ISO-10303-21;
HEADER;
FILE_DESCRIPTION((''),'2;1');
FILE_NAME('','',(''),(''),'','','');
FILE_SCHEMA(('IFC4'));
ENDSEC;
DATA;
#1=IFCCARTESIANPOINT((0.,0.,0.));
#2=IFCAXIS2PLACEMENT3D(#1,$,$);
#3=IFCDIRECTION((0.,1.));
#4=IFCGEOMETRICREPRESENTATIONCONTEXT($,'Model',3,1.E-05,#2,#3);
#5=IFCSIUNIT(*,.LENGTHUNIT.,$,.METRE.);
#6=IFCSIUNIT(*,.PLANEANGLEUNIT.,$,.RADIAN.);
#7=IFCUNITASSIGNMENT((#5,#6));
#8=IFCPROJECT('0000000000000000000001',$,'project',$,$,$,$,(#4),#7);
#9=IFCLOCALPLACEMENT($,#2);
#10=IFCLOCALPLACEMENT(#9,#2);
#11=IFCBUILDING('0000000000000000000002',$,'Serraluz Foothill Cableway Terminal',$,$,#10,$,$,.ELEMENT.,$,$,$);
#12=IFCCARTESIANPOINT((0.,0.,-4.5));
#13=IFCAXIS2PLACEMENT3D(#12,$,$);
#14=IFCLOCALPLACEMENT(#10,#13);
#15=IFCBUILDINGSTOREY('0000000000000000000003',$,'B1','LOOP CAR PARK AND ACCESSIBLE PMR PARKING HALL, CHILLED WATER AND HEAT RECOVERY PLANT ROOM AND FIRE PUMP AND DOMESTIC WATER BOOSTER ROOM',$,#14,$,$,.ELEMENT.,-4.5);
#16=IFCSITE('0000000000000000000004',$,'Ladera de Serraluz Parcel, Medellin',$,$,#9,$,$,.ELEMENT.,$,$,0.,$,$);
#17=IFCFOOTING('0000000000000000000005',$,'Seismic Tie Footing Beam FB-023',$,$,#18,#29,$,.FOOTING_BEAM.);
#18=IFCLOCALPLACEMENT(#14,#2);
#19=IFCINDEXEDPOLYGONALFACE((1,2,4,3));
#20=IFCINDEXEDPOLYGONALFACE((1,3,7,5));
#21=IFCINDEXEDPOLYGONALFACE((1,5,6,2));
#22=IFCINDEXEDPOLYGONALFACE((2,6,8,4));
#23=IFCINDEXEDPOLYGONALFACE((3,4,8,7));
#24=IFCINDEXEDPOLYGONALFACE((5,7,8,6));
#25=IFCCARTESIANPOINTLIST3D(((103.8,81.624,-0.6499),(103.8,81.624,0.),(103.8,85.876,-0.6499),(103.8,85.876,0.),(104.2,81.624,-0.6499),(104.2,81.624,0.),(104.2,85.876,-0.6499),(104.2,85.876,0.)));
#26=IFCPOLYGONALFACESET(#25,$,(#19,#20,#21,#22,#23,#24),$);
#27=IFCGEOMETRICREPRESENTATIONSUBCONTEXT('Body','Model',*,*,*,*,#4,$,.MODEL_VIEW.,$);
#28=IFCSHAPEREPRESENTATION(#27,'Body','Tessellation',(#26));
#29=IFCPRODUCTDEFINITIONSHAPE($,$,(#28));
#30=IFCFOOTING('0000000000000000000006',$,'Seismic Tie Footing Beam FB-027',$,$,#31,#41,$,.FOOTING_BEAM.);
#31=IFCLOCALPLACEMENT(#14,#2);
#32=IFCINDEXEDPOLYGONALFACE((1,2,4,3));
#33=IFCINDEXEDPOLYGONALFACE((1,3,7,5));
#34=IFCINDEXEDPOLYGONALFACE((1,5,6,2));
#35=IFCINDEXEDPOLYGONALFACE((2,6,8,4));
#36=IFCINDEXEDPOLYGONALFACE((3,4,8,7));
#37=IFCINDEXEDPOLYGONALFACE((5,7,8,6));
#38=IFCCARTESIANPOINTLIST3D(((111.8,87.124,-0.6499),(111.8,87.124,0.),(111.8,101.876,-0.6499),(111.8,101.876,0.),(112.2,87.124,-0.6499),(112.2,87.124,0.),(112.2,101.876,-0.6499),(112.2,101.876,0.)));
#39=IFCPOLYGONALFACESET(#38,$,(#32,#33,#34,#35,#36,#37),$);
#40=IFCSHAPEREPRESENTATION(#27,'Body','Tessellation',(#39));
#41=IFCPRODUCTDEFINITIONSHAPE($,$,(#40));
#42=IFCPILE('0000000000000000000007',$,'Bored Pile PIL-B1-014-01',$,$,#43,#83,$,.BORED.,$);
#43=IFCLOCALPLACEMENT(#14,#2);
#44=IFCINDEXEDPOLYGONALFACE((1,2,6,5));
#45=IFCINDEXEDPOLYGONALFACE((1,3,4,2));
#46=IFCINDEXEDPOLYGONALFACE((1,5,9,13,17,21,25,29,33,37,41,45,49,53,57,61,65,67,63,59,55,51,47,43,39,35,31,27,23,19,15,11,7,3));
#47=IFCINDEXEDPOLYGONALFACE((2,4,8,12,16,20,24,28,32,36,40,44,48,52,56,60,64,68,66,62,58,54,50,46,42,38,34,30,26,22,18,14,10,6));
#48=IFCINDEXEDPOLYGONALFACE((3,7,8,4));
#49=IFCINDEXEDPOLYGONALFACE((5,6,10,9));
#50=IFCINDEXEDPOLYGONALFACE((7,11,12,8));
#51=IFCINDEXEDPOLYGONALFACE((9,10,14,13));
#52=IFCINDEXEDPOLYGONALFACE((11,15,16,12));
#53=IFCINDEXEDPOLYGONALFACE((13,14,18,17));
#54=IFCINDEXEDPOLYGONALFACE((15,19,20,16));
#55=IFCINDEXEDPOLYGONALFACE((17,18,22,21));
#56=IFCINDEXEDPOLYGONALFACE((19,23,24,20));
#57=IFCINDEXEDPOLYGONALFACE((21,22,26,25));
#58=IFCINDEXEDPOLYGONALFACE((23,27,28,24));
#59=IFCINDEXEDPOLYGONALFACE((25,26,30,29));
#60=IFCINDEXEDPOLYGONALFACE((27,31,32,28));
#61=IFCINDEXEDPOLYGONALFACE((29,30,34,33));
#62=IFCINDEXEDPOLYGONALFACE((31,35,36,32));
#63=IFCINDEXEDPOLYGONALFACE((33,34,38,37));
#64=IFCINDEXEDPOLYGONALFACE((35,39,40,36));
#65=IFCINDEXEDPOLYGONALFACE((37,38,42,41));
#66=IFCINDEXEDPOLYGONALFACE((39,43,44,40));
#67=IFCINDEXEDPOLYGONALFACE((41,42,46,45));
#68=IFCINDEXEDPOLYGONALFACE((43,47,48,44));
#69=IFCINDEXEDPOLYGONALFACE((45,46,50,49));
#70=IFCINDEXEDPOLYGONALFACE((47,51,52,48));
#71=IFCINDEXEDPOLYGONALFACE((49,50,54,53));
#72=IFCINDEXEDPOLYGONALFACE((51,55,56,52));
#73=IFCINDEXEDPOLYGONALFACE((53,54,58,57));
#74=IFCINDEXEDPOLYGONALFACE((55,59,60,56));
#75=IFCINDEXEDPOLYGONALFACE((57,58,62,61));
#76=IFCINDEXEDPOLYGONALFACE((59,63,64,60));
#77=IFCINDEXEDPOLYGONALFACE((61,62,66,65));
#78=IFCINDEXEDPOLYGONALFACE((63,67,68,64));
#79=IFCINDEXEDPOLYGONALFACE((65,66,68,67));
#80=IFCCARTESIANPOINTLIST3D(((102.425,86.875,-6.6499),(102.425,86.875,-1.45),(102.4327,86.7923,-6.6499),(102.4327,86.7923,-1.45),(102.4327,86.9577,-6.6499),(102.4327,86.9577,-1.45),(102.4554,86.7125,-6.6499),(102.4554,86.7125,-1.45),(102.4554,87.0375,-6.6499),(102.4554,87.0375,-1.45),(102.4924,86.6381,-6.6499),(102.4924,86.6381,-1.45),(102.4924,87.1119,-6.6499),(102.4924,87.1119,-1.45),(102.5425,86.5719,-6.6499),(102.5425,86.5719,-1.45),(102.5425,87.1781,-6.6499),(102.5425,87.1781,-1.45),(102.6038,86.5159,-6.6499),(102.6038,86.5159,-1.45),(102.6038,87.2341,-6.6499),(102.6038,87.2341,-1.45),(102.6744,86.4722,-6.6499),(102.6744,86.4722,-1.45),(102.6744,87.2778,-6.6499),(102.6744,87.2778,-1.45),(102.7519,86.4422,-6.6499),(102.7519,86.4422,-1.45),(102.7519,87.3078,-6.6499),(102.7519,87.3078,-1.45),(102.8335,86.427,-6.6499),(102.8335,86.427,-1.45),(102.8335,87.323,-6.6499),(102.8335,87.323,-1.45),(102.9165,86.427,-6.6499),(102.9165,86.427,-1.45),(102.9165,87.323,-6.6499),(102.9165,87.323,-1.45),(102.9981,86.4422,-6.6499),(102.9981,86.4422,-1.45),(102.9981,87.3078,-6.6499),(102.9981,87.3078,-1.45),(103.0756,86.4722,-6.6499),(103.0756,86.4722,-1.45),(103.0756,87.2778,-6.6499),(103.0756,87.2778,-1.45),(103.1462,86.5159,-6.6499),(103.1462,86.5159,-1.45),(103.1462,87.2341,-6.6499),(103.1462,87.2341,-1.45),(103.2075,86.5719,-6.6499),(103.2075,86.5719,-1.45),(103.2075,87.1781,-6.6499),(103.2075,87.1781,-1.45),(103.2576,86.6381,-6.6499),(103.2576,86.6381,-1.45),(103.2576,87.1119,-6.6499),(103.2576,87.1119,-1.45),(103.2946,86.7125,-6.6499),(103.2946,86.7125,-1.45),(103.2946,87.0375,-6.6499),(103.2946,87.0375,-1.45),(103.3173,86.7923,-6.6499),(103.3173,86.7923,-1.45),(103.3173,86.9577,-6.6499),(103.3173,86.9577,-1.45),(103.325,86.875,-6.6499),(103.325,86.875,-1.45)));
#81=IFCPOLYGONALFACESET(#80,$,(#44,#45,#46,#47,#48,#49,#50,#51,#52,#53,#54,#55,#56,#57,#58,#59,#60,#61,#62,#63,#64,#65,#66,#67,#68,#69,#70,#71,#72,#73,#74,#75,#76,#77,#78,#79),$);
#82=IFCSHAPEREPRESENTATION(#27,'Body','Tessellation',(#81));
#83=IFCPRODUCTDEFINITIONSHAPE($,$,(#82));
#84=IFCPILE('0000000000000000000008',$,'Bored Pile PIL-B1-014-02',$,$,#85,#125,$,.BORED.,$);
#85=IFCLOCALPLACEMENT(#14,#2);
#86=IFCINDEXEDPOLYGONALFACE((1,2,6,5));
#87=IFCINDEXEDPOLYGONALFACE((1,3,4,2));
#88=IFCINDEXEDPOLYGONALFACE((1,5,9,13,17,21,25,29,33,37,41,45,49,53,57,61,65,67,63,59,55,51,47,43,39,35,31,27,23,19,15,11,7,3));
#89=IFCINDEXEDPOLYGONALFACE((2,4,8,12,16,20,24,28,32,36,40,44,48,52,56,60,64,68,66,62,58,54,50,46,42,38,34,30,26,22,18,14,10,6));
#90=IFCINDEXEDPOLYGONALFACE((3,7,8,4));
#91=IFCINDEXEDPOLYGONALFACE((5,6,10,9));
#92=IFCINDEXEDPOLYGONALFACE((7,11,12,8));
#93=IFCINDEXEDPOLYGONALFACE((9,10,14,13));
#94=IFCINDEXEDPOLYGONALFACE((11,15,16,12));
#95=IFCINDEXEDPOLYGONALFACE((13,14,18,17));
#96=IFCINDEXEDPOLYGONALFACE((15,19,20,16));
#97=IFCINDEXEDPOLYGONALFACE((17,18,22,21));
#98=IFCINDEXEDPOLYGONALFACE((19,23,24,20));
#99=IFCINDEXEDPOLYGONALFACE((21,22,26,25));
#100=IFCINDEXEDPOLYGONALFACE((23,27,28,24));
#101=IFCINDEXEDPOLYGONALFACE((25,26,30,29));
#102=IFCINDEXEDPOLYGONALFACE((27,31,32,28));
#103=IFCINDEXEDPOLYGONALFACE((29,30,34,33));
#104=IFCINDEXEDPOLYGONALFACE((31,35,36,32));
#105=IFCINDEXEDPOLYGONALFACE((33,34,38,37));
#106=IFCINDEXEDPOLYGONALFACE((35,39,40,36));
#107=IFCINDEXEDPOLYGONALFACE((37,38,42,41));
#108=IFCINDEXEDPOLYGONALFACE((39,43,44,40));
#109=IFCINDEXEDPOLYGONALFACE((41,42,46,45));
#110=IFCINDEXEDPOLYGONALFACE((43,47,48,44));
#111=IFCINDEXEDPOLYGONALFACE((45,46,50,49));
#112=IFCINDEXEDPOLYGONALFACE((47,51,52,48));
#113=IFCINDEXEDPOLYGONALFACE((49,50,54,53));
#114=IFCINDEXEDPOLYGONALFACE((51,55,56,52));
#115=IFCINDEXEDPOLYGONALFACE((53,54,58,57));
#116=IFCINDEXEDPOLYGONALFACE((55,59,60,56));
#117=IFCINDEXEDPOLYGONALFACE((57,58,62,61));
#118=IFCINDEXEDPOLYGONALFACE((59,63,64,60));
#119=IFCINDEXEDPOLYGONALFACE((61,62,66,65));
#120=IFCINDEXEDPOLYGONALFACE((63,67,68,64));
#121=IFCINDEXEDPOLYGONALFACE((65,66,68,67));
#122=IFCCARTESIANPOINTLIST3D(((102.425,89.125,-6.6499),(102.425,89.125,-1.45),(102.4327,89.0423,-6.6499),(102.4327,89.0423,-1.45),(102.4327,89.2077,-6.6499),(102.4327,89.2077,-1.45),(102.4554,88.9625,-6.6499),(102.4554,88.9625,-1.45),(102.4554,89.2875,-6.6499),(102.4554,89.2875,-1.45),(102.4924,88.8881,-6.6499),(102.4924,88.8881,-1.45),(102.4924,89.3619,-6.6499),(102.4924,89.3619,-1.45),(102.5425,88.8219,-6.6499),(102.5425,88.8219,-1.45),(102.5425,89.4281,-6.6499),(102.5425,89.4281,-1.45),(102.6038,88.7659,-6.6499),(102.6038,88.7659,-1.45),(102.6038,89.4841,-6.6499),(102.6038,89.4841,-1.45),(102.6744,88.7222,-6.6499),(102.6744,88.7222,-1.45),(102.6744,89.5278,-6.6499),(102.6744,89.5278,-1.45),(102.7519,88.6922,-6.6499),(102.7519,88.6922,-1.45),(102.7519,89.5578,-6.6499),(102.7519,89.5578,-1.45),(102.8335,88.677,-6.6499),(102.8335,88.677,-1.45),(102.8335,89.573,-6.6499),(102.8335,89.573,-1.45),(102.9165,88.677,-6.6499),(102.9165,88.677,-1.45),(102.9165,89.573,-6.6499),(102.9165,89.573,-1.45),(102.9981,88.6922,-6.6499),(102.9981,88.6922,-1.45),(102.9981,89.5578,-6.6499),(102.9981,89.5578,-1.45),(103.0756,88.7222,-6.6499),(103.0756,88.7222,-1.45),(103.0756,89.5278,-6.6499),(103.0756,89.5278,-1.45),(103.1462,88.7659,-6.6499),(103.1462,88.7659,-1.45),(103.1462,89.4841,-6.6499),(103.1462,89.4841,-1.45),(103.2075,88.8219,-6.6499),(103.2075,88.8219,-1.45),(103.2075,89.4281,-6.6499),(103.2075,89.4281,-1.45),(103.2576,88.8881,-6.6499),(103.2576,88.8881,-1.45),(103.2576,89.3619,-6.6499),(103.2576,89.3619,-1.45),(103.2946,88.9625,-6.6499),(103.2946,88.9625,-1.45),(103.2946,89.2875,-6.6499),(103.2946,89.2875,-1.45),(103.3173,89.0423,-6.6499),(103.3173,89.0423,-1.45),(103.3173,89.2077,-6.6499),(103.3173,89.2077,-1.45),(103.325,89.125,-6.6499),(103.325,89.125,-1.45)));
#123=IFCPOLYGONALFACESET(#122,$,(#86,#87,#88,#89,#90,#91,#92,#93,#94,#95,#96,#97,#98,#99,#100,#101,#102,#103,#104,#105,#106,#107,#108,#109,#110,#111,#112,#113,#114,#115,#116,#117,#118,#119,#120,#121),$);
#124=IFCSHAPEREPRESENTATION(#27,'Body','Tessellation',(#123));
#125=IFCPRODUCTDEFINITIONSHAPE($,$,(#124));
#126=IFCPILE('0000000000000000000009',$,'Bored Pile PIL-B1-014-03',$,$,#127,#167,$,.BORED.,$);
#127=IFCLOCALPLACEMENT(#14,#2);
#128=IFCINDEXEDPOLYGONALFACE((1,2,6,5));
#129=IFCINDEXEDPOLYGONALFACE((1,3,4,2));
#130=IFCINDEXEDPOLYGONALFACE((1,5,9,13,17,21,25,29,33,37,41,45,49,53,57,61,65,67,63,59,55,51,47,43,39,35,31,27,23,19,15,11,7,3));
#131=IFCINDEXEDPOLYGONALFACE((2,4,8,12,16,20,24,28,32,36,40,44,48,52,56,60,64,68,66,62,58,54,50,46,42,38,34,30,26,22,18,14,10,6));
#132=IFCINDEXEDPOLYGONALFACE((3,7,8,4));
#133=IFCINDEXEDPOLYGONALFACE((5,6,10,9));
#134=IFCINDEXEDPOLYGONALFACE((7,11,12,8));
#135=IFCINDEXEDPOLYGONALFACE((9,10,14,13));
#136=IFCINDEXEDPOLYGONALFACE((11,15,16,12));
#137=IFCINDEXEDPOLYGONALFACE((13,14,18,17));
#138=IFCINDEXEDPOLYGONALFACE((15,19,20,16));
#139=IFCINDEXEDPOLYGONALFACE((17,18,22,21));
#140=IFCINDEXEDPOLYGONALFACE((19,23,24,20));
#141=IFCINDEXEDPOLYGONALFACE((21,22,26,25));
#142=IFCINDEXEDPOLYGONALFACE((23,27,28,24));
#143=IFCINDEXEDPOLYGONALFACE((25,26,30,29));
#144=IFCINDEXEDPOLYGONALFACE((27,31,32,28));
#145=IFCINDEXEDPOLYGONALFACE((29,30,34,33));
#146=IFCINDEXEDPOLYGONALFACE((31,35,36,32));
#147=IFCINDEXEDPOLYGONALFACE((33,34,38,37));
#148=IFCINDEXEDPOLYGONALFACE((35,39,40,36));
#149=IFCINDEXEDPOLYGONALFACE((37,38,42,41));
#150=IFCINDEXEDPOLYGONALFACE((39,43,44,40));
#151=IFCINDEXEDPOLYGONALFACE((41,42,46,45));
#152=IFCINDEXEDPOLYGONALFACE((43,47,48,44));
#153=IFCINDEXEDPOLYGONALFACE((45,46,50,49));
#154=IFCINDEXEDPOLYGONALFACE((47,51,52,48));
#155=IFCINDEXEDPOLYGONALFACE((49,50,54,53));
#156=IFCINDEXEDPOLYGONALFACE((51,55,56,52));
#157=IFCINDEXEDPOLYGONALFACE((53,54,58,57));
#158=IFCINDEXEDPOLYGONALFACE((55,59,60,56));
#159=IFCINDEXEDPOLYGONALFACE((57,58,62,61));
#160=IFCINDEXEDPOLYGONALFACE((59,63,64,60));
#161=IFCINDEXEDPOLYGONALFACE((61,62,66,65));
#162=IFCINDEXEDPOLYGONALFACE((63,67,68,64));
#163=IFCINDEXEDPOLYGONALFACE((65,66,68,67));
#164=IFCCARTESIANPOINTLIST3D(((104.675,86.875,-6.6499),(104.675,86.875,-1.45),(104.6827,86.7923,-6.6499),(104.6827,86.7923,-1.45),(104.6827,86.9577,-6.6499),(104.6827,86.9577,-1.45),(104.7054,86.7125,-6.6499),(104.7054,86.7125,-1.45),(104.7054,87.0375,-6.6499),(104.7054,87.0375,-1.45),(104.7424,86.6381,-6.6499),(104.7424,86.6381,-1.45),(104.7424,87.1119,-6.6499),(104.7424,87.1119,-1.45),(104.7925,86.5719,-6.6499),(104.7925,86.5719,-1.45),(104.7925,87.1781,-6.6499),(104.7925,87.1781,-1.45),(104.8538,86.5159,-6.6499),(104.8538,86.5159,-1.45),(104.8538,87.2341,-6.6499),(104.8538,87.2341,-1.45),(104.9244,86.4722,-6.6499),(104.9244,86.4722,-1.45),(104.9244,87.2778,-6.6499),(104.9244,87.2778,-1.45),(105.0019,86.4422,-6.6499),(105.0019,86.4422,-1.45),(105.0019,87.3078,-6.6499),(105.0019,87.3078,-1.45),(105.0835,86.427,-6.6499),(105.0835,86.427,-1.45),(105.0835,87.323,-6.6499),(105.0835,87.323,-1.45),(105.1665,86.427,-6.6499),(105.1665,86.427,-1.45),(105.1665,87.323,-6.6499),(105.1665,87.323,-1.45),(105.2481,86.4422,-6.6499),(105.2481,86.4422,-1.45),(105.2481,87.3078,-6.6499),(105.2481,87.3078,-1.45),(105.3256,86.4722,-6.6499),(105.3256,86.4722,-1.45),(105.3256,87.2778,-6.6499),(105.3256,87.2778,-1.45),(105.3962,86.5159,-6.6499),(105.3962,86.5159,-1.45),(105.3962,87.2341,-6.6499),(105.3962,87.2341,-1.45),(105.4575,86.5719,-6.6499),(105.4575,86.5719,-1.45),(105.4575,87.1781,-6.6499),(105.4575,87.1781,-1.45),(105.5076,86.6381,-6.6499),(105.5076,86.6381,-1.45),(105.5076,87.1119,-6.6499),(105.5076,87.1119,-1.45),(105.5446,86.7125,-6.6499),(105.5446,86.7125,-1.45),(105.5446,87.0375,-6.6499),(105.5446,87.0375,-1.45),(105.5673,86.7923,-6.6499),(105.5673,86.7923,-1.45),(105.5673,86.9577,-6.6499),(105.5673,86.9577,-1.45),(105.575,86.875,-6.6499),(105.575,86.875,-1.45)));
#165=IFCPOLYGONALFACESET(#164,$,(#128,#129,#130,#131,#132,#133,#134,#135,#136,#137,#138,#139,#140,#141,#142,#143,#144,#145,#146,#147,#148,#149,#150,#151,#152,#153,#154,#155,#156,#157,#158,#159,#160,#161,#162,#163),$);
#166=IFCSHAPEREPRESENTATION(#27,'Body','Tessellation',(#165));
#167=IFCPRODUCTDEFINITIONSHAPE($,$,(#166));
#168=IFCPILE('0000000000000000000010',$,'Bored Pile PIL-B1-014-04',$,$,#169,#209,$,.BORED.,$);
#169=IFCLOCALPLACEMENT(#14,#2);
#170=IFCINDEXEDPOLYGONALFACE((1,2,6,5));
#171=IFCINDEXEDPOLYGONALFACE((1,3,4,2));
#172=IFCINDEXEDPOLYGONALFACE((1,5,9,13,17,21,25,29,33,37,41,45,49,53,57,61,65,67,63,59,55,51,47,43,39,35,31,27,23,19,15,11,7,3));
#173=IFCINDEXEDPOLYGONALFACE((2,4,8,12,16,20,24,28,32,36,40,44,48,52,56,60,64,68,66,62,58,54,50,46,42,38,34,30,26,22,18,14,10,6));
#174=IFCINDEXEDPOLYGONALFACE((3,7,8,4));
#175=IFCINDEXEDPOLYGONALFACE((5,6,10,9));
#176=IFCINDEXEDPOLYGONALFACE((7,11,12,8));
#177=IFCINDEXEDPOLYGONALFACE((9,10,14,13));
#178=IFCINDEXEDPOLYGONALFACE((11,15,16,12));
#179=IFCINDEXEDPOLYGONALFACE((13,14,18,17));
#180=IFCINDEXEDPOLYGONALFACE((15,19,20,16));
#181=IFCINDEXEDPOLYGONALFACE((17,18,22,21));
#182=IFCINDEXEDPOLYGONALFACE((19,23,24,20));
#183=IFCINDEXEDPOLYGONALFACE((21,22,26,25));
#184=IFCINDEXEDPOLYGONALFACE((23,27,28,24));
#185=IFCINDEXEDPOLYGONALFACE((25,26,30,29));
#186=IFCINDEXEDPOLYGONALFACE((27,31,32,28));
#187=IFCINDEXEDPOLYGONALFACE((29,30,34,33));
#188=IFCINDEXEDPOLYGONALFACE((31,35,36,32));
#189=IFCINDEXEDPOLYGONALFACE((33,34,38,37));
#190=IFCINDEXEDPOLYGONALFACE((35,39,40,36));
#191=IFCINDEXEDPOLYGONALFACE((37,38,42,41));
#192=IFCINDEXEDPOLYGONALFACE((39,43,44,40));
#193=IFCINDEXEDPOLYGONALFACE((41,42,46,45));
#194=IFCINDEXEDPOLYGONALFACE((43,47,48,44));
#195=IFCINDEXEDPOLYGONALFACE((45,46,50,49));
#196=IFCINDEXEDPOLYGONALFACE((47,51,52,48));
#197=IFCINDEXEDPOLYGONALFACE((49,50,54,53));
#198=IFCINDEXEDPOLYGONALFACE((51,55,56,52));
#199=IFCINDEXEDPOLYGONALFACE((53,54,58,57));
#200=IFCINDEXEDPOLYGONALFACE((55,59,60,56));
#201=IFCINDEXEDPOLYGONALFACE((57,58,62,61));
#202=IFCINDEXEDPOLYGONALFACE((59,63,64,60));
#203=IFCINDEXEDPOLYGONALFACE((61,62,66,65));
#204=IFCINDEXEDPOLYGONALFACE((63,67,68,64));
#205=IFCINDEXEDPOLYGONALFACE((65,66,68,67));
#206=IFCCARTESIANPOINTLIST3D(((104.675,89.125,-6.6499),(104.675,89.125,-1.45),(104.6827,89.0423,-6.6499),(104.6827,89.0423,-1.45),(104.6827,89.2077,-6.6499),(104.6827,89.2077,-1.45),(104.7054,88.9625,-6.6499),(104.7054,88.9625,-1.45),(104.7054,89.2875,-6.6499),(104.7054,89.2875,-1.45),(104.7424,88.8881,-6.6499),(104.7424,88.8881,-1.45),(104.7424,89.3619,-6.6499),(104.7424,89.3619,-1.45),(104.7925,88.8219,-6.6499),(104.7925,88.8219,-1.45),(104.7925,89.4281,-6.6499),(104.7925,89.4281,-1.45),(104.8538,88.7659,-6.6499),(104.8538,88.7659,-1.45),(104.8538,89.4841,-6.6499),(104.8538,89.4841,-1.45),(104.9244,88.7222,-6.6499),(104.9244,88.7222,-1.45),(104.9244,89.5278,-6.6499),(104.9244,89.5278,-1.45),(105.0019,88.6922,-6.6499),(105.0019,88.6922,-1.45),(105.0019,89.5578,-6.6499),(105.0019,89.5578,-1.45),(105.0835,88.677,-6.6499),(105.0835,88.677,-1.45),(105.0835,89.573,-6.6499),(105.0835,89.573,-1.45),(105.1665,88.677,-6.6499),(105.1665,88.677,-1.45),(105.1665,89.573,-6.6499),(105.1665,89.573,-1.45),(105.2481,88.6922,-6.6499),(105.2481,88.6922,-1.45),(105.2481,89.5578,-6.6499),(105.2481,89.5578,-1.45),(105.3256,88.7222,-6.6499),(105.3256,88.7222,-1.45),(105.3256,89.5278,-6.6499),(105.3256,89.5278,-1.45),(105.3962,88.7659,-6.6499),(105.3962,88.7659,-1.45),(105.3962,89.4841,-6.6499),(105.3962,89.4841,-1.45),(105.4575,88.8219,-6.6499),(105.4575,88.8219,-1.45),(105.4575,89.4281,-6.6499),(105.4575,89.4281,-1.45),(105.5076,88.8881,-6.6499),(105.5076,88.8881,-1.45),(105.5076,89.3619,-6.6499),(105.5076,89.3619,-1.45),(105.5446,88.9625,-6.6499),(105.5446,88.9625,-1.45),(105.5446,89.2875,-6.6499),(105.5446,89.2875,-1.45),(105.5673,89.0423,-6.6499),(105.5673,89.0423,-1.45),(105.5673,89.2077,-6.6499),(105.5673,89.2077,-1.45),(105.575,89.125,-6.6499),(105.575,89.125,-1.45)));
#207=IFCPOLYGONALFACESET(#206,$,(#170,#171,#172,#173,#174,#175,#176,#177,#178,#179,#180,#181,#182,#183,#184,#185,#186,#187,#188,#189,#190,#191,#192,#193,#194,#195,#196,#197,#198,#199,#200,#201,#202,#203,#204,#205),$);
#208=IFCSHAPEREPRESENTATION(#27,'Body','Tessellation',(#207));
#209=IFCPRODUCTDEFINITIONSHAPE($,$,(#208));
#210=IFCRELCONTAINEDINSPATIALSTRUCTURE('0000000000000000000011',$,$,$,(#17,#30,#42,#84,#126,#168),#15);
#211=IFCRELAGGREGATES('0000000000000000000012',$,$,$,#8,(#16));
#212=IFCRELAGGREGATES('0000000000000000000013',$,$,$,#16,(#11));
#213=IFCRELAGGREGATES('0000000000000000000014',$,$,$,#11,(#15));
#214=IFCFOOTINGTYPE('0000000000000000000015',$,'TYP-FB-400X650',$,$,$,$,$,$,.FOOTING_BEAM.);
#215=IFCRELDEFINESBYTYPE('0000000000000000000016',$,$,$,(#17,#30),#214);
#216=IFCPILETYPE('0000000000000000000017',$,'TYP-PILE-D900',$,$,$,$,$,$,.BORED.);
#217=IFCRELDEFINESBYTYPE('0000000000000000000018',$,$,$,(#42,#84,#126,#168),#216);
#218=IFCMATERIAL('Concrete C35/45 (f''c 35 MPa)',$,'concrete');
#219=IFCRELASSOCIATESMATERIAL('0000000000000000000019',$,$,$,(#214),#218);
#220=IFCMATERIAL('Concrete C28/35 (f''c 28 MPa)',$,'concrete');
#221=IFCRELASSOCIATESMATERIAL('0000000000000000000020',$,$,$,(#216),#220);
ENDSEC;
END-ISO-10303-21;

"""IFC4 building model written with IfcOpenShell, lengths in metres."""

from ifc_helpers import new_model, si_unit, direction, frame, origin, origin_2d, place, context, subcontext, project, spatial, rectangle, circle, extrude, material, material_profile, profile_set, type_object, element, save


model = new_model("IFC4")

# Units and contexts
model_context = context("Model", 3, precision=1e-05, world=origin(), true_north=direction((0.0, 1.0)))
body_context = subcontext(model_context, "Body", "Model", "MODEL_VIEW")
ifc_project = project(units=[si_unit("LENGTHUNIT", "METRE"), si_unit("PLANEANGLEUNIT", "RADIAN")], contexts=[model_context])

# Site, building, storey
site_placement = place(None, origin())
site = spatial("IfcSite", under=ifc_project, at=site_placement, Name="Ladera de Serraluz Parcel, Medellin", CompositionType="ELEMENT", RefElevation=0.0)
building_placement = place(site_placement, origin())
building = spatial("IfcBuilding", under=site, at=building_placement, Name="Serraluz Foothill Cableway Terminal", CompositionType="ELEMENT")
storey_placement = place(building_placement, frame((0.0, 0.0, -4.5)))
storey = spatial("IfcBuildingStorey", under=building, at=storey_placement, Name="B1", Description="LOOP CAR PARK AND ACCESSIBLE PMR PARKING HALL, CHILLED WATER AND HEAT RECOVERY PLANT ROOM AND FIRE PUMP AND DOMESTIC WATER BOOSTER ROOM", CompositionType="ELEMENT", Elevation=-4.5)

# Footings
ifc_material_1 = material(Name="Concrete C35/45 (f'c 35 MPa)", Category="concrete")
ifc_material_profile_1 = material_profile(ifc_material_1, rectangle(XDim=0.3999, YDim=0.6499, at=origin_2d()), Name="RC 400x650")
ifc_profile_set_1 = profile_set([ifc_material_profile_1], Name="Concrete C35/45 (f'c 35 MPa)")
footing_type_1 = type_object("IfcFootingType", Name="TYP-FB-400X650", PredefinedType="FOOTING_BEAM", material=ifc_profile_set_1)
footing_1_placement = place(storey_placement, frame((104.0, 81.624, -0.325), z_axis=(0.0, 1.0, 0.0), x_axis=(-1.0, 0.0, 0.0)))
element("IfcFooting", 1, at=footing_1_placement, inside=storey, type_object=footing_type_1, Name="Seismic Tie Footing Beam FB-023", PredefinedType="FOOTING_BEAM", context=body_context, shape_type="SweptSolid", body=[
    extrude(rectangle(XDim=0.3999, YDim=0.6499, at=origin_2d()), origin(), (0.0, 0.0, 1.0), 4.252),
])
footing_2_placement = place(storey_placement, frame((112.0, 87.124, -0.325), z_axis=(0.0, 1.0, 0.0), x_axis=(-1.0, 0.0, 0.0)))
element("IfcFooting", 2, at=footing_2_placement, inside=storey, type_object=footing_type_1, Name="Seismic Tie Footing Beam FB-027", PredefinedType="FOOTING_BEAM", context=body_context, shape_type="SweptSolid", body=[
    extrude(rectangle(XDim=0.3999, YDim=0.6499, at=origin_2d()), origin(), (0.0, 0.0, 1.0), 14.752),
])

# Piles
ifc_material_2 = material(Name="Concrete C28/35 (f'c 28 MPa)", Category="concrete")
ifc_material_profile_2 = material_profile(ifc_material_2, circle(Radius=0.45, at=origin_2d()), Name="BORED PILE D900")
ifc_profile_set_2 = profile_set([ifc_material_profile_2], Name="Concrete C28/35 (f'c 28 MPa)")
pile_type = type_object("IfcPileType", Name="TYP-PILE-D900", PredefinedType="BORED", material=ifc_profile_set_2)
for number, where, z_axis, x_axis, name in (
    (3, (102.875, 86.875, -1.45), (0.0, 0.0, -1.0), (1.0, 0.0, 0.0), "Bored Pile PIL-B1-014-01"),
    (4, (102.875, 89.125, -1.45), (0.0, 0.0, -1.0), (1.0, 0.0, 0.0), "Bored Pile PIL-B1-014-02"),
    (5, (105.125, 86.875, -1.45), (0.0, 0.0, -1.0), (1.0, 0.0, 0.0), "Bored Pile PIL-B1-014-03"),
    (6, (105.125, 89.125, -1.45), (0.0, 0.0, -1.0), (1.0, 0.0, 0.0), "Bored Pile PIL-B1-014-04"),
):
    element("IfcPile", number, at=place(storey_placement, frame(where, z_axis=z_axis, x_axis=x_axis)), inside=storey, type_object=pile_type, Name=name, PredefinedType="BORED", context=body_context, shape_type="SweptSolid", body=[
        extrude(circle(Radius=0.45, at=origin_2d()), origin(), (0.0, 0.0, 1.0), 5.2),
    ])

save(model, "model.ifc")
